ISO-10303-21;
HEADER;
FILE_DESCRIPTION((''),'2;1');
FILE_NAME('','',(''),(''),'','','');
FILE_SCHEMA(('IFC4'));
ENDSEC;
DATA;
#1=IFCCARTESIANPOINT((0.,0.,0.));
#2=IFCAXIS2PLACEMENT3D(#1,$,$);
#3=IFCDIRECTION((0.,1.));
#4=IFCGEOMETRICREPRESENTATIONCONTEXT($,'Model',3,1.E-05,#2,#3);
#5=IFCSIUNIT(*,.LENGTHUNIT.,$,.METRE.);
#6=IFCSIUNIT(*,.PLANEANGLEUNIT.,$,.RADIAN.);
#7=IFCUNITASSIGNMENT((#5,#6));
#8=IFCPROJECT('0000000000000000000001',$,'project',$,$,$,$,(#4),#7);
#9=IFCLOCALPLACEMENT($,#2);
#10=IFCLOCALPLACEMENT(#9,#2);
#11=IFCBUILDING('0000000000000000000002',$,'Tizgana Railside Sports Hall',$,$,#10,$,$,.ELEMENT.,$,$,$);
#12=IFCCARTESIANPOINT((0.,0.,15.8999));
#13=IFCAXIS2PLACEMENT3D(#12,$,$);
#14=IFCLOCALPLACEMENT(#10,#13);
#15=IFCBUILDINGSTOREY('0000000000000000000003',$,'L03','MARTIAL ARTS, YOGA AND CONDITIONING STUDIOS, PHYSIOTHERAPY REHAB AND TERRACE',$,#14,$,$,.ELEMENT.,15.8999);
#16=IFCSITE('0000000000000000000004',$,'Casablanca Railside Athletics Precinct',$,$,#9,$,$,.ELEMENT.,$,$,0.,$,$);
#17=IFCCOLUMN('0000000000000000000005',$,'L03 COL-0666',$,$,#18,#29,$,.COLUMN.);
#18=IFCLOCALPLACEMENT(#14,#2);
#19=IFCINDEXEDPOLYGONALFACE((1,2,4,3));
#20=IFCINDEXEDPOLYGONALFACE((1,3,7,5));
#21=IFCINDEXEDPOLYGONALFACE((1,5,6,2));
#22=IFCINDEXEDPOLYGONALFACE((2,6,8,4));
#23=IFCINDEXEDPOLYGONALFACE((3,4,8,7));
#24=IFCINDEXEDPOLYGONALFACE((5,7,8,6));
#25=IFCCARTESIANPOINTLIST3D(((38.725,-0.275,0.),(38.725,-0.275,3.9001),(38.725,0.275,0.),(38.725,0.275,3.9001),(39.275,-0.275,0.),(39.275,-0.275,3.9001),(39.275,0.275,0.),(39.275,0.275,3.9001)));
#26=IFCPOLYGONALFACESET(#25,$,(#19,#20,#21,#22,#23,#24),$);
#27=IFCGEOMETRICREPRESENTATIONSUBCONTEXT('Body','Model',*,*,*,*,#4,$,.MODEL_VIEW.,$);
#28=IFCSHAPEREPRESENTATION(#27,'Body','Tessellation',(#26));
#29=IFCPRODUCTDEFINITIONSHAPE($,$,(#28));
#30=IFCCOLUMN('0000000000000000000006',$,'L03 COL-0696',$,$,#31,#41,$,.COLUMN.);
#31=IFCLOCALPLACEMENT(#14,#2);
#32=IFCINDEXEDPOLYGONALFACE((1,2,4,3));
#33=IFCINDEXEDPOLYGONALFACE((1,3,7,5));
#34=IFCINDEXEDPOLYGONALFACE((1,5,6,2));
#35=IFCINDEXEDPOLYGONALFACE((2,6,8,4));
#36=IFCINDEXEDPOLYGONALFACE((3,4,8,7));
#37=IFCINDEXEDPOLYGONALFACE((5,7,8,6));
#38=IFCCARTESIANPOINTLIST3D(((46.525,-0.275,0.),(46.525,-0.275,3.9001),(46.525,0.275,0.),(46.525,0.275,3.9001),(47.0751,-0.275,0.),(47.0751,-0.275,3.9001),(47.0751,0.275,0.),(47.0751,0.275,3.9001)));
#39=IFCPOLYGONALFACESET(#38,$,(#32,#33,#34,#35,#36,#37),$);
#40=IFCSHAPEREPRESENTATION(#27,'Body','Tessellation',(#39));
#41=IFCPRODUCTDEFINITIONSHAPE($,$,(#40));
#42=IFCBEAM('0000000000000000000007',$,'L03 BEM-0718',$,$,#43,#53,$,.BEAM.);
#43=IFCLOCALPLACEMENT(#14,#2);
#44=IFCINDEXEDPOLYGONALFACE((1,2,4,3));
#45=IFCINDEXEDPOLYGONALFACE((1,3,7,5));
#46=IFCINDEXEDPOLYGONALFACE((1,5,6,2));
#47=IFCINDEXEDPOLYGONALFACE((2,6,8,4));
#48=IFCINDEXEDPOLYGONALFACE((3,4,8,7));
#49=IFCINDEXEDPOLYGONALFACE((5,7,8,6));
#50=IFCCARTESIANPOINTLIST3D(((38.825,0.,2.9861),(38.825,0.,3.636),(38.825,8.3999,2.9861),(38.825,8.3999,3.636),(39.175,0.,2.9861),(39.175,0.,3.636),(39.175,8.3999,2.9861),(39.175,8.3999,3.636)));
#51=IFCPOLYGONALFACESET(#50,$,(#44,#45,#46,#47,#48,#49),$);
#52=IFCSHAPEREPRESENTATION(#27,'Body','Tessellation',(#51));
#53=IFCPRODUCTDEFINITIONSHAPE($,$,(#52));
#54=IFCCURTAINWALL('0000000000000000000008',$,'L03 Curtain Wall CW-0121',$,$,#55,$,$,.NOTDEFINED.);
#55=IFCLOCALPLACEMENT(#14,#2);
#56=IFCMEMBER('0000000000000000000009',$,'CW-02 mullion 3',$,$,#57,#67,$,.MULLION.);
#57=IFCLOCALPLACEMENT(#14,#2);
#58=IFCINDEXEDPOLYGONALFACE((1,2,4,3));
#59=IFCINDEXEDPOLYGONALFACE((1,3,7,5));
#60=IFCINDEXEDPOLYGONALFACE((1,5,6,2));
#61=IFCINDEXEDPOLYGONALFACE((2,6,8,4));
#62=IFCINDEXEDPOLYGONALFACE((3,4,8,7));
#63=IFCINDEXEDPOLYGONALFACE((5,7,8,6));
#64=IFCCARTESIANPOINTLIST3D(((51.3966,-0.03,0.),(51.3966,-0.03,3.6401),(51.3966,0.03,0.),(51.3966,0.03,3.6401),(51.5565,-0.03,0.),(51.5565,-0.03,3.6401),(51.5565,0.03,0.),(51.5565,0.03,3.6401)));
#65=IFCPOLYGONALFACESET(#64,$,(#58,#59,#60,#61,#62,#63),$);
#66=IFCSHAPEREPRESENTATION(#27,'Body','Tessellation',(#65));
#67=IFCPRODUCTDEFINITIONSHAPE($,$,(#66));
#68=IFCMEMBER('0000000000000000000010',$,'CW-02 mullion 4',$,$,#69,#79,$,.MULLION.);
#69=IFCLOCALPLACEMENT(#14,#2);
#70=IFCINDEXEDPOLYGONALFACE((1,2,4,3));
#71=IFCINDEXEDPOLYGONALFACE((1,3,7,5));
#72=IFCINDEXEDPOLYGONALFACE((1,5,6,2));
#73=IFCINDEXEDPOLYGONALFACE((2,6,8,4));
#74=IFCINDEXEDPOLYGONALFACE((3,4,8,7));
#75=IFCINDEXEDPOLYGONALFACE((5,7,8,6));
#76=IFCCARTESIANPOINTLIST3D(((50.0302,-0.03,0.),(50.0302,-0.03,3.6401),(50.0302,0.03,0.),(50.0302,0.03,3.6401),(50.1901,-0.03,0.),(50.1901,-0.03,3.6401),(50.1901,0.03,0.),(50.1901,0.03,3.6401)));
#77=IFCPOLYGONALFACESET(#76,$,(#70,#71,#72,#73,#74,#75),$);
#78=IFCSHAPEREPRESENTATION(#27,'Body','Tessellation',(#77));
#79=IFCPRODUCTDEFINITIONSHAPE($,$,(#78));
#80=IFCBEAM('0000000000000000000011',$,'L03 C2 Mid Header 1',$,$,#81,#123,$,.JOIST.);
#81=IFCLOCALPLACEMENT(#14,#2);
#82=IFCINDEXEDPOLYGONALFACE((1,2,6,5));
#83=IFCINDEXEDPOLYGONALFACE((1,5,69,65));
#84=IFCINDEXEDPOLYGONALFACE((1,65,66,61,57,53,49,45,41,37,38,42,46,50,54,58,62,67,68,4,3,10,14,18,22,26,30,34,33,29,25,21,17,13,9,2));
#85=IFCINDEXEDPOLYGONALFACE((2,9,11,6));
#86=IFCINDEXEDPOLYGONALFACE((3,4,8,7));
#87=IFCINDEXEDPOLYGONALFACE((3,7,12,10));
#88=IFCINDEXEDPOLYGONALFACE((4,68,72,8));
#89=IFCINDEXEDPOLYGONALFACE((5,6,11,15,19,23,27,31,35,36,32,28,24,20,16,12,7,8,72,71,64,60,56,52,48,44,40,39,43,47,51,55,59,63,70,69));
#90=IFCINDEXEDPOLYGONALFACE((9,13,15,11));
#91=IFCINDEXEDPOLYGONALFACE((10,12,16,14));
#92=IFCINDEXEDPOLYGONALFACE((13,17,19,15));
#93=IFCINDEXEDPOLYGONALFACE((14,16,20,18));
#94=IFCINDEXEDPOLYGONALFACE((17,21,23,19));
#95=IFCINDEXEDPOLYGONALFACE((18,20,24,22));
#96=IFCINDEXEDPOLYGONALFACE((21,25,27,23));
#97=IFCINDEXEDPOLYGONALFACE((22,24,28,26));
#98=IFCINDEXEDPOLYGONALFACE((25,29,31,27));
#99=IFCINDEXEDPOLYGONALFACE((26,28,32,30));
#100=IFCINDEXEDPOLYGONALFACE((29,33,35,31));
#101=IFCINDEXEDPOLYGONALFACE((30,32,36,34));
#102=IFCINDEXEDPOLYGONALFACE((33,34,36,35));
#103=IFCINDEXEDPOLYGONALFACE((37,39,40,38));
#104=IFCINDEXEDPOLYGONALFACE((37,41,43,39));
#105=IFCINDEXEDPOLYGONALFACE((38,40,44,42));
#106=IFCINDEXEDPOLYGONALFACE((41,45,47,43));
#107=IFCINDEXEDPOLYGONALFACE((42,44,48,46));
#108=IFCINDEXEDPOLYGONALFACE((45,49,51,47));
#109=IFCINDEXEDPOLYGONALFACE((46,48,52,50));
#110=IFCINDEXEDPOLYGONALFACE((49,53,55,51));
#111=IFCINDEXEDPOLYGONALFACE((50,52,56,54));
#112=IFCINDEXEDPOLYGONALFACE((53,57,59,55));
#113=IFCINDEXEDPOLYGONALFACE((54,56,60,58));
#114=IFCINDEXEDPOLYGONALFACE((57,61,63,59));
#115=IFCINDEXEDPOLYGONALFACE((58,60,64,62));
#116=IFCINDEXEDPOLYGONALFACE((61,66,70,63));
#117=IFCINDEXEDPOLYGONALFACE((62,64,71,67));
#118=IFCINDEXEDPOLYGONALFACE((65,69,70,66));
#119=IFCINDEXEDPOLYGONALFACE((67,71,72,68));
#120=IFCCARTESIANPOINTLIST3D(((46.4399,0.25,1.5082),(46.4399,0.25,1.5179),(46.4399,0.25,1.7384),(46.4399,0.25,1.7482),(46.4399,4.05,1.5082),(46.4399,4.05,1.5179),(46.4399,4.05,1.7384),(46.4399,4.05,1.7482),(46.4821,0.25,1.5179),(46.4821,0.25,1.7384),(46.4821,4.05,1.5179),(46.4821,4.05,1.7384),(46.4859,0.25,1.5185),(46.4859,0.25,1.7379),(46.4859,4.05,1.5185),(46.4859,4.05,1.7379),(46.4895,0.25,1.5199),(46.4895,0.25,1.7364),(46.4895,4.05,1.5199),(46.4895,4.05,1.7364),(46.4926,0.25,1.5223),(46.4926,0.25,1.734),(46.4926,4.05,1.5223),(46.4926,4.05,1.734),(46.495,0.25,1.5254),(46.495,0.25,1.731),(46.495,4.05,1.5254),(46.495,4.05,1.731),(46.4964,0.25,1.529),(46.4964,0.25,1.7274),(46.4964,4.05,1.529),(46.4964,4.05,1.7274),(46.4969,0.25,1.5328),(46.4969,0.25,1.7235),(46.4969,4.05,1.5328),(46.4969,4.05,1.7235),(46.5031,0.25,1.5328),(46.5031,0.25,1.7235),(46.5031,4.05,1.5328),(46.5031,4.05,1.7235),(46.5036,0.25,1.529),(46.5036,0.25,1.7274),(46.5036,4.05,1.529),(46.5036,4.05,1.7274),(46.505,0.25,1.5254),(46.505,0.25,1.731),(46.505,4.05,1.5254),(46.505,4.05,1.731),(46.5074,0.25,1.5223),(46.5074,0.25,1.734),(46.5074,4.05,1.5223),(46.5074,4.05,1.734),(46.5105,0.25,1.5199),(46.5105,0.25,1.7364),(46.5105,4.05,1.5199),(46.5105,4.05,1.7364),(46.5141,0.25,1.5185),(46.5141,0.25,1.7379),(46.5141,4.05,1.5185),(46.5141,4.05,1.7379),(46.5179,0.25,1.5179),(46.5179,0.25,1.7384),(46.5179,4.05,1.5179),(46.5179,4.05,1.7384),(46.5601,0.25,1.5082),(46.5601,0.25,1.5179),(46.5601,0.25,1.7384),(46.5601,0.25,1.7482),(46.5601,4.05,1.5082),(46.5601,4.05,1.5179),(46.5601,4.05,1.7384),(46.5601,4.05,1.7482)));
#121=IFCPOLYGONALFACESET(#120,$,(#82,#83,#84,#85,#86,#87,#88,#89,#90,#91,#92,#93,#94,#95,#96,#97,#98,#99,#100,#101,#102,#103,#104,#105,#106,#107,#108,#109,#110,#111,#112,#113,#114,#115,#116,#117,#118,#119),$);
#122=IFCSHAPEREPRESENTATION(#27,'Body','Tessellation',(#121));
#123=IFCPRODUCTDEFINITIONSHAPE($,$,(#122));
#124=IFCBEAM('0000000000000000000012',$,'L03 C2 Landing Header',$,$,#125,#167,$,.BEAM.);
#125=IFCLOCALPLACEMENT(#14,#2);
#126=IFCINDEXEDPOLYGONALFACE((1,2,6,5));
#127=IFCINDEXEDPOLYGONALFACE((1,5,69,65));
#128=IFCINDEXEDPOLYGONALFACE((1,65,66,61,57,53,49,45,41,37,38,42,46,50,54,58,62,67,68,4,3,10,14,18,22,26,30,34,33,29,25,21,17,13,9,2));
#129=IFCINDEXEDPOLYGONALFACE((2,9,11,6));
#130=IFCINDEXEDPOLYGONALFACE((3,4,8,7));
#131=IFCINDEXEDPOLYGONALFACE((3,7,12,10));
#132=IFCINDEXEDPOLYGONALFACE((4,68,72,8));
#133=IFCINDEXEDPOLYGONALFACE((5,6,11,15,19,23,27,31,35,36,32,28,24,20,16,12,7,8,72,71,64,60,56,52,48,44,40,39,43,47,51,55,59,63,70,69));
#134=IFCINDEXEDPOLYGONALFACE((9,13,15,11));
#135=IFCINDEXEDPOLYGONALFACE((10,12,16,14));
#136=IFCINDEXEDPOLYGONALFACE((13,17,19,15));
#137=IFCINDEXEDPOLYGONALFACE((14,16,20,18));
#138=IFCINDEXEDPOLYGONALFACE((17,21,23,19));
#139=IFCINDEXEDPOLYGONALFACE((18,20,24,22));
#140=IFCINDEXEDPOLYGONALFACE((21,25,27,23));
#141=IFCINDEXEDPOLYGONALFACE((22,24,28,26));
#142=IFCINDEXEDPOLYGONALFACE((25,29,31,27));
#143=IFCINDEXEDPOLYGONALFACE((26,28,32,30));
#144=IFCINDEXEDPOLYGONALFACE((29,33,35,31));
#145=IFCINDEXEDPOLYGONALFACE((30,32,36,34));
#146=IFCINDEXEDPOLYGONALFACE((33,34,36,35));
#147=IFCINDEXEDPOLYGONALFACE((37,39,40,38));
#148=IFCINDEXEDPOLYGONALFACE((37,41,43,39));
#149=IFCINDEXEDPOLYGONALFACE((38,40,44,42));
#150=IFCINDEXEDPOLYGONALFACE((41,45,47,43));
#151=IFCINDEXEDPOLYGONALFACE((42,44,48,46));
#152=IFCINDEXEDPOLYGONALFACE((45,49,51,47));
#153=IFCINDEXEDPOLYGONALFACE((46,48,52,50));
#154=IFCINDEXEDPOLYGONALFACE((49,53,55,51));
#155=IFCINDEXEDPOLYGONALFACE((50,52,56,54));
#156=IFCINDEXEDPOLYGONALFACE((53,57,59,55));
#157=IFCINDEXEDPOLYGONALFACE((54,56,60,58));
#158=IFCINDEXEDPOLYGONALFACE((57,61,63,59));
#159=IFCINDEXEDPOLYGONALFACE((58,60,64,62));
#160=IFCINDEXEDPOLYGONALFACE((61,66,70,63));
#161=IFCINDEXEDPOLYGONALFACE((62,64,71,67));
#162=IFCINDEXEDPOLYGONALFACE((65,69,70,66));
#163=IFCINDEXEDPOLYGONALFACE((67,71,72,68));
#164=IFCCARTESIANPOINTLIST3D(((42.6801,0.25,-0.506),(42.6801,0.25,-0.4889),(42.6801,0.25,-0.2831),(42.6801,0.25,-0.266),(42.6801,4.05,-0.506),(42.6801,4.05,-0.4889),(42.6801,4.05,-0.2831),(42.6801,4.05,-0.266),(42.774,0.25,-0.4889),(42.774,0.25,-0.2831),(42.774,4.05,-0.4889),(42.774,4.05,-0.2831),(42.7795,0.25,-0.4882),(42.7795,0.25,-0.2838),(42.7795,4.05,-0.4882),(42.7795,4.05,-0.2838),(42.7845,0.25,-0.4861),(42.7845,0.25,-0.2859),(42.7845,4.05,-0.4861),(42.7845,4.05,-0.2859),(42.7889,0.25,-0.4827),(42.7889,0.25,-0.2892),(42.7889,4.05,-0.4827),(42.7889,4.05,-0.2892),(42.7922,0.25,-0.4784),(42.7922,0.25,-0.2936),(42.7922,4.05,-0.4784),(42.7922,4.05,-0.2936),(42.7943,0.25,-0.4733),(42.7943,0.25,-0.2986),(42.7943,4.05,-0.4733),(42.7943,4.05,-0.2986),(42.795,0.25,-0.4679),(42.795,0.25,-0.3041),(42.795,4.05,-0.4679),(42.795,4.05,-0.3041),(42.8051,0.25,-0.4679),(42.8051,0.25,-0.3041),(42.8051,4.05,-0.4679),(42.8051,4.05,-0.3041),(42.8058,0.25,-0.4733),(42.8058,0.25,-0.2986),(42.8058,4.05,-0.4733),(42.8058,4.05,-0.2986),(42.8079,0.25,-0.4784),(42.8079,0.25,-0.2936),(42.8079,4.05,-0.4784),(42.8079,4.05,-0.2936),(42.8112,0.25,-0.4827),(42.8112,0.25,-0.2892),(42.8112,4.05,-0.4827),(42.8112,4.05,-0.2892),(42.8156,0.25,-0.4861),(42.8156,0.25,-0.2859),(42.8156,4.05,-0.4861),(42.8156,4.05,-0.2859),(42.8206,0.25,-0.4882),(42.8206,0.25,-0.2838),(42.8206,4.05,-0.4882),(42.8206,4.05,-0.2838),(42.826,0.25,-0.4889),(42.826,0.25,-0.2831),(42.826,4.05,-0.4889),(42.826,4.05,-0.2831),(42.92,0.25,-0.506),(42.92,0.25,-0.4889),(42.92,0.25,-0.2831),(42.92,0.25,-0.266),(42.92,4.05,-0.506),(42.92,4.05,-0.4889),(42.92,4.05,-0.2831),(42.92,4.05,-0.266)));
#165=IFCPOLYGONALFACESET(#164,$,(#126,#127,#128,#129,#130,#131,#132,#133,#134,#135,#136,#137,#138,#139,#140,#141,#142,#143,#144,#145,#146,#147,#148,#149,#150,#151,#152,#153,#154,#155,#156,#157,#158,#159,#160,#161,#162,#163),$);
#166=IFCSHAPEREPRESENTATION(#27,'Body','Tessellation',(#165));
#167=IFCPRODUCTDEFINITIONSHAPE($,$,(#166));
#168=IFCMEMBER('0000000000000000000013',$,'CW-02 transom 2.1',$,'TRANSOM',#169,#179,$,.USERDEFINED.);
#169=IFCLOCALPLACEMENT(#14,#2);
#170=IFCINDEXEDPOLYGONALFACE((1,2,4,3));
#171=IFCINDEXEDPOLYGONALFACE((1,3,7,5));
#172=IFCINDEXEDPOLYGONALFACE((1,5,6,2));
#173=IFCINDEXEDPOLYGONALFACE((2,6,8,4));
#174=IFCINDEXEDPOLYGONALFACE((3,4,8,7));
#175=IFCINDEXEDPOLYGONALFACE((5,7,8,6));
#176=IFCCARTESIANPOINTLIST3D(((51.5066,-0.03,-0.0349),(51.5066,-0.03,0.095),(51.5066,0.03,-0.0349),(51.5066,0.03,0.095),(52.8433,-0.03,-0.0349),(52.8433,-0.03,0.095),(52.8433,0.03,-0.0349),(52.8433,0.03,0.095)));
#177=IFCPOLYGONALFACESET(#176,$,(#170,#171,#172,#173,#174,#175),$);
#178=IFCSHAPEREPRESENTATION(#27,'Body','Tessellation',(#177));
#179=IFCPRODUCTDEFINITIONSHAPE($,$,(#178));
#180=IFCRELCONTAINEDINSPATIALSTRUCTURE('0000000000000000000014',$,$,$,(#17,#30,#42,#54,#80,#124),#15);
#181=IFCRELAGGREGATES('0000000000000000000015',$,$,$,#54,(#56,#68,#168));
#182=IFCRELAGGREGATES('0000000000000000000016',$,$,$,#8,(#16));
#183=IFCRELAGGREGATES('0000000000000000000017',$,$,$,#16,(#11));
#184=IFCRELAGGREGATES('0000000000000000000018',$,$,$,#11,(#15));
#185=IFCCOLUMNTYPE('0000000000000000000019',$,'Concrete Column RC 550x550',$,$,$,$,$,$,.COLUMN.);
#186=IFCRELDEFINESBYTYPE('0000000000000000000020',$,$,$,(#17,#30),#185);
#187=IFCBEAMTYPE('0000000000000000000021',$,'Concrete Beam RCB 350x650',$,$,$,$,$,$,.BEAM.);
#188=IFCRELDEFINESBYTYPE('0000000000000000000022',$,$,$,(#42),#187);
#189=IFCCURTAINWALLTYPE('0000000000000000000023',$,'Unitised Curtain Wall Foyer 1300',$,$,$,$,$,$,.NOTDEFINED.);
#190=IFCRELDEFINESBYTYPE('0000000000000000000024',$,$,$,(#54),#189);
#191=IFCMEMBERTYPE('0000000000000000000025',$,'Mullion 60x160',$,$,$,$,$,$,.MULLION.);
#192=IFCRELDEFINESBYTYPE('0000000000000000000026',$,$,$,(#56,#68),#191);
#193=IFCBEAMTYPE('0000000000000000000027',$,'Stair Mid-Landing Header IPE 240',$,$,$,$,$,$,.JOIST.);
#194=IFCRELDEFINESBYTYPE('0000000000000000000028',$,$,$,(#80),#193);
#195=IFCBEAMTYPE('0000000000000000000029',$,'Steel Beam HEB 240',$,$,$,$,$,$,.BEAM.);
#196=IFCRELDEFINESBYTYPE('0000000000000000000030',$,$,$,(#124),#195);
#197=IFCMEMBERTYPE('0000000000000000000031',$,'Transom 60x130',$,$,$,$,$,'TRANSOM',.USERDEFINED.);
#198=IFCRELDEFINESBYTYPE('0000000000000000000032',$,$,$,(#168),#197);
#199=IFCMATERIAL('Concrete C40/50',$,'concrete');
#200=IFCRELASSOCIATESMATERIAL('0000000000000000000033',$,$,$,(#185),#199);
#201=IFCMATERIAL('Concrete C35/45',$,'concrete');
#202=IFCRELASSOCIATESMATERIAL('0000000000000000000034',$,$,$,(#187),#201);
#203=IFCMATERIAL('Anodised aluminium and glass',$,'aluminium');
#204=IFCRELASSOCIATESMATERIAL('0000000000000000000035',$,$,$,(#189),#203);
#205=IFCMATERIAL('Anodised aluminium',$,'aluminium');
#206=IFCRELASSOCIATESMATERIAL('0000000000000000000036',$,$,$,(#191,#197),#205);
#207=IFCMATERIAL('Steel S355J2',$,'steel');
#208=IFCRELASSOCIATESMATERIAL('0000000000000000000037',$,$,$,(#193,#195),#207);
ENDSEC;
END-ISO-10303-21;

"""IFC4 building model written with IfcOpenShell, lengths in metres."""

from ifc_helpers import new_model, si_unit, direction, frame, origin, origin_2d, place, context, subcontext, project, spatial, rectangle, i_section, extrude, material, material_profile, profile_set, type_object, element, aggregate, save


model = new_model("IFC4")

# Units and contexts
model_context = context("Model", 3, precision=1e-05, world=origin(), true_north=direction((0.0, 1.0)))
body_context = subcontext(model_context, "Body", "Model", "MODEL_VIEW")
ifc_project = project(units=[si_unit("LENGTHUNIT", "METRE"), si_unit("PLANEANGLEUNIT", "RADIAN")], contexts=[model_context])

# Site, building, storey
site_placement = place(None, origin())
site = spatial("IfcSite", under=ifc_project, at=site_placement, Name="Casablanca Railside Athletics Precinct", CompositionType="ELEMENT", RefElevation=0.0)
building_placement = place(site_placement, origin())
building = spatial("IfcBuilding", under=site, at=building_placement, Name="Tizgana Railside Sports Hall", CompositionType="ELEMENT")
storey_placement = place(building_placement, frame((0.0, 0.0, 15.8999)))
storey = spatial("IfcBuildingStorey", under=building, at=storey_placement, Name="L03", Description="MARTIAL ARTS, YOGA AND CONDITIONING STUDIOS, PHYSIOTHERAPY REHAB AND TERRACE", CompositionType="ELEMENT", Elevation=15.8999)

# Columns
ifc_material_1 = material(Name="Concrete C40/50", Category="concrete")
ifc_material_profile_1 = material_profile(ifc_material_1, rectangle(XDim=0.55, YDim=0.55, at=origin_2d()), Name="RC 550x550")
ifc_profile_set_1 = profile_set([ifc_material_profile_1], Name="Concrete C40/50")
column_type = type_object("IfcColumnType", Name="Concrete Column RC 550x550", PredefinedType="COLUMN", material=ifc_profile_set_1)
for number, where, z_axis, x_axis, name in (
    (1, (39.0, 0.0, 0.0), (0.0, 0.0, 1.0), (1.0, 0.0, 0.0), "L03 COL-0666"),
    (2, (46.8, 0.0, 0.0), (0.0, 0.0, 1.0), (1.0, 0.0, 0.0), "L03 COL-0696"),
):
    element("IfcColumn", number, at=place(storey_placement, frame(where, z_axis=z_axis, x_axis=x_axis)), inside=storey, type_object=column_type, Name=name, PredefinedType="COLUMN", context=body_context, shape_type="SweptSolid", body=[
        extrude(rectangle(XDim=0.55, YDim=0.55, at=origin_2d()), origin(), (0.0, 0.0, 1.0), 3.9001),
    ])

# Beam
ifc_material_2 = material(Name="Concrete C35/45", Category="concrete")
ifc_material_profile_2 = material_profile(ifc_material_2, rectangle(XDim=0.3501, YDim=0.6499, at=origin_2d()), Name="RCB 350x650")
ifc_profile_set_2 = profile_set([ifc_material_profile_2], Name="Concrete C35/45")
beam_type_1 = type_object("IfcBeamType", Name="Concrete Beam RCB 350x650", PredefinedType="BEAM", material=ifc_profile_set_2)
beam_1_placement = place(storey_placement, frame((39.0, 0.0, 3.311), z_axis=(0.0, 1.0, 0.0), x_axis=(-1.0, 0.0, 0.0)))
element("IfcBeam", 3, at=beam_1_placement, inside=storey, type_object=beam_type_1, Name="L03 BEM-0718", PredefinedType="BEAM", context=body_context, shape_type="SweptSolid", body=[
    extrude(rectangle(XDim=0.3501, YDim=0.6499, at=origin_2d()), origin(), (0.0, 0.0, 1.0), 8.3999),
])

# Curtain wall, members
ifc_material_3 = material(Name="Anodised aluminium and glass", Category="aluminium")
curtain_wall_type = type_object("IfcCurtainWallType", Name="Unitised Curtain Wall Foyer 1300", PredefinedType="NOTDEFINED", material=ifc_material_3)
curtain_wall_placement = place(storey_placement, origin())
curtain_wall = element("IfcCurtainWall", 4, at=curtain_wall_placement, inside=storey, type_object=curtain_wall_type, Name="L03 Curtain Wall CW-0121", PredefinedType="NOTDEFINED")
ifc_material_4 = material(Name="Anodised aluminium", Category="aluminium")
ifc_material_profile_3 = material_profile(ifc_material_4, rectangle(XDim=0.0601, YDim=0.1599, at=origin_2d()), Name="Mullion 60x160")
ifc_profile_set_3 = profile_set([ifc_material_profile_3], Name="Anodised aluminium")
member_type_1 = type_object("IfcMemberType", Name="Mullion 60x160", PredefinedType="MULLION", material=ifc_profile_set_3)
member_1_placement = place(storey_placement, frame((51.4766, 0.0, 0.0), z_axis=(0.0, 0.0, 1.0), x_axis=(0.0, -1.0, 0.0)))
member_1 = element("IfcMember", 5, at=member_1_placement, type_object=member_type_1, Name="CW-02 mullion 3", PredefinedType="MULLION", context=body_context, shape_type="SweptSolid", body=[
    extrude(rectangle(XDim=0.0601, YDim=0.1599, at=origin_2d()), origin(), (0.0, 0.0, 1.0), 3.6401),
])
member_2_placement = place(storey_placement, frame((50.1101, 0.0, 0.0), z_axis=(0.0, 0.0, 1.0), x_axis=(0.0, -1.0, 0.0)))
member_2 = element("IfcMember", 6, at=member_2_placement, type_object=member_type_1, Name="CW-02 mullion 4", PredefinedType="MULLION", context=body_context, shape_type="SweptSolid", body=[
    extrude(rectangle(XDim=0.0601, YDim=0.1599, at=origin_2d()), origin(), (0.0, 0.0, 1.0), 3.6401),
])

# Beams
ifc_material_5 = material(Name="Steel S355J2", Category="steel")
ifc_material_profile_4 = material_profile(ifc_material_5, i_section(OverallWidth=0.1201, OverallDepth=0.24, WebThickness=0.0061, FlangeThickness=0.0098, FilletRadius=0.0149, at=origin_2d()), Name="IPE 240")
ifc_profile_set_4 = profile_set([ifc_material_profile_4], Name="Steel S355J2")
beam_type_2 = type_object("IfcBeamType", Name="Stair Mid-Landing Header IPE 240", PredefinedType="JOIST", material=ifc_profile_set_4)
beam_2_placement = place(storey_placement, frame((46.5, 0.25, 1.6282), z_axis=(0.0, 1.0, 0.0), x_axis=(-1.0, 0.0, 0.0)))
element("IfcBeam", 7, at=beam_2_placement, inside=storey, type_object=beam_type_2, Name="L03 C2 Mid Header 1", PredefinedType="JOIST", context=body_context, shape_type="SweptSolid", body=[
    extrude(i_section(OverallWidth=0.1201, OverallDepth=0.24, WebThickness=0.0061, FlangeThickness=0.0098, FilletRadius=0.0149, at=origin_2d()), origin(), (0.0, 0.0, 1.0), 3.8),
])
ifc_material_profile_5 = material_profile(ifc_material_5, i_section(OverallWidth=0.24, OverallDepth=0.24, WebThickness=0.01, FlangeThickness=0.0171, FilletRadius=0.021, at=origin_2d()), Name="HEB 240")
ifc_profile_set_5 = profile_set([ifc_material_profile_5], Name="Steel S355J2")
beam_type_3 = type_object("IfcBeamType", Name="Steel Beam HEB 240", PredefinedType="BEAM", material=ifc_profile_set_5)
beam_3_placement = place(storey_placement, frame((42.8, 0.25, -0.386), z_axis=(0.0, 1.0, 0.0), x_axis=(-1.0, 0.0, 0.0)))
element("IfcBeam", 8, at=beam_3_placement, inside=storey, type_object=beam_type_3, Name="L03 C2 Landing Header", PredefinedType="BEAM", context=body_context, shape_type="SweptSolid", body=[
    extrude(i_section(OverallWidth=0.24, OverallDepth=0.24, WebThickness=0.01, FlangeThickness=0.0171, FilletRadius=0.021, at=origin_2d()), origin(), (0.0, 0.0, 1.0), 3.8),
])

# Member
ifc_material_profile_6 = material_profile(ifc_material_4, rectangle(XDim=0.0601, YDim=0.1299, at=origin_2d()), Name="Transom 60x130")
ifc_profile_set_6 = profile_set([ifc_material_profile_6], Name="Anodised aluminium")
member_type_2 = type_object("IfcMemberType", Name="Transom 60x130", ElementType="TRANSOM", PredefinedType="USERDEFINED", material=ifc_profile_set_6)
member_3_placement = place(storey_placement, frame((52.8433, 0.0, 0.03), z_axis=(-1.0, 0.0, 0.0), x_axis=(0.0, -1.0, 0.0)))
member_3 = element("IfcMember", 9, at=member_3_placement, type_object=member_type_2, Name="CW-02 transom 2.1", ObjectType="TRANSOM", PredefinedType="USERDEFINED", context=body_context, shape_type="SweptSolid", body=[
    extrude(rectangle(XDim=0.0601, YDim=0.1299, at=origin_2d()), origin(), (0.0, 0.0, 1.0), 1.3367),
])

aggregate(curtain_wall, [member_1, member_2, member_3])

save(model, "model.ifc")
